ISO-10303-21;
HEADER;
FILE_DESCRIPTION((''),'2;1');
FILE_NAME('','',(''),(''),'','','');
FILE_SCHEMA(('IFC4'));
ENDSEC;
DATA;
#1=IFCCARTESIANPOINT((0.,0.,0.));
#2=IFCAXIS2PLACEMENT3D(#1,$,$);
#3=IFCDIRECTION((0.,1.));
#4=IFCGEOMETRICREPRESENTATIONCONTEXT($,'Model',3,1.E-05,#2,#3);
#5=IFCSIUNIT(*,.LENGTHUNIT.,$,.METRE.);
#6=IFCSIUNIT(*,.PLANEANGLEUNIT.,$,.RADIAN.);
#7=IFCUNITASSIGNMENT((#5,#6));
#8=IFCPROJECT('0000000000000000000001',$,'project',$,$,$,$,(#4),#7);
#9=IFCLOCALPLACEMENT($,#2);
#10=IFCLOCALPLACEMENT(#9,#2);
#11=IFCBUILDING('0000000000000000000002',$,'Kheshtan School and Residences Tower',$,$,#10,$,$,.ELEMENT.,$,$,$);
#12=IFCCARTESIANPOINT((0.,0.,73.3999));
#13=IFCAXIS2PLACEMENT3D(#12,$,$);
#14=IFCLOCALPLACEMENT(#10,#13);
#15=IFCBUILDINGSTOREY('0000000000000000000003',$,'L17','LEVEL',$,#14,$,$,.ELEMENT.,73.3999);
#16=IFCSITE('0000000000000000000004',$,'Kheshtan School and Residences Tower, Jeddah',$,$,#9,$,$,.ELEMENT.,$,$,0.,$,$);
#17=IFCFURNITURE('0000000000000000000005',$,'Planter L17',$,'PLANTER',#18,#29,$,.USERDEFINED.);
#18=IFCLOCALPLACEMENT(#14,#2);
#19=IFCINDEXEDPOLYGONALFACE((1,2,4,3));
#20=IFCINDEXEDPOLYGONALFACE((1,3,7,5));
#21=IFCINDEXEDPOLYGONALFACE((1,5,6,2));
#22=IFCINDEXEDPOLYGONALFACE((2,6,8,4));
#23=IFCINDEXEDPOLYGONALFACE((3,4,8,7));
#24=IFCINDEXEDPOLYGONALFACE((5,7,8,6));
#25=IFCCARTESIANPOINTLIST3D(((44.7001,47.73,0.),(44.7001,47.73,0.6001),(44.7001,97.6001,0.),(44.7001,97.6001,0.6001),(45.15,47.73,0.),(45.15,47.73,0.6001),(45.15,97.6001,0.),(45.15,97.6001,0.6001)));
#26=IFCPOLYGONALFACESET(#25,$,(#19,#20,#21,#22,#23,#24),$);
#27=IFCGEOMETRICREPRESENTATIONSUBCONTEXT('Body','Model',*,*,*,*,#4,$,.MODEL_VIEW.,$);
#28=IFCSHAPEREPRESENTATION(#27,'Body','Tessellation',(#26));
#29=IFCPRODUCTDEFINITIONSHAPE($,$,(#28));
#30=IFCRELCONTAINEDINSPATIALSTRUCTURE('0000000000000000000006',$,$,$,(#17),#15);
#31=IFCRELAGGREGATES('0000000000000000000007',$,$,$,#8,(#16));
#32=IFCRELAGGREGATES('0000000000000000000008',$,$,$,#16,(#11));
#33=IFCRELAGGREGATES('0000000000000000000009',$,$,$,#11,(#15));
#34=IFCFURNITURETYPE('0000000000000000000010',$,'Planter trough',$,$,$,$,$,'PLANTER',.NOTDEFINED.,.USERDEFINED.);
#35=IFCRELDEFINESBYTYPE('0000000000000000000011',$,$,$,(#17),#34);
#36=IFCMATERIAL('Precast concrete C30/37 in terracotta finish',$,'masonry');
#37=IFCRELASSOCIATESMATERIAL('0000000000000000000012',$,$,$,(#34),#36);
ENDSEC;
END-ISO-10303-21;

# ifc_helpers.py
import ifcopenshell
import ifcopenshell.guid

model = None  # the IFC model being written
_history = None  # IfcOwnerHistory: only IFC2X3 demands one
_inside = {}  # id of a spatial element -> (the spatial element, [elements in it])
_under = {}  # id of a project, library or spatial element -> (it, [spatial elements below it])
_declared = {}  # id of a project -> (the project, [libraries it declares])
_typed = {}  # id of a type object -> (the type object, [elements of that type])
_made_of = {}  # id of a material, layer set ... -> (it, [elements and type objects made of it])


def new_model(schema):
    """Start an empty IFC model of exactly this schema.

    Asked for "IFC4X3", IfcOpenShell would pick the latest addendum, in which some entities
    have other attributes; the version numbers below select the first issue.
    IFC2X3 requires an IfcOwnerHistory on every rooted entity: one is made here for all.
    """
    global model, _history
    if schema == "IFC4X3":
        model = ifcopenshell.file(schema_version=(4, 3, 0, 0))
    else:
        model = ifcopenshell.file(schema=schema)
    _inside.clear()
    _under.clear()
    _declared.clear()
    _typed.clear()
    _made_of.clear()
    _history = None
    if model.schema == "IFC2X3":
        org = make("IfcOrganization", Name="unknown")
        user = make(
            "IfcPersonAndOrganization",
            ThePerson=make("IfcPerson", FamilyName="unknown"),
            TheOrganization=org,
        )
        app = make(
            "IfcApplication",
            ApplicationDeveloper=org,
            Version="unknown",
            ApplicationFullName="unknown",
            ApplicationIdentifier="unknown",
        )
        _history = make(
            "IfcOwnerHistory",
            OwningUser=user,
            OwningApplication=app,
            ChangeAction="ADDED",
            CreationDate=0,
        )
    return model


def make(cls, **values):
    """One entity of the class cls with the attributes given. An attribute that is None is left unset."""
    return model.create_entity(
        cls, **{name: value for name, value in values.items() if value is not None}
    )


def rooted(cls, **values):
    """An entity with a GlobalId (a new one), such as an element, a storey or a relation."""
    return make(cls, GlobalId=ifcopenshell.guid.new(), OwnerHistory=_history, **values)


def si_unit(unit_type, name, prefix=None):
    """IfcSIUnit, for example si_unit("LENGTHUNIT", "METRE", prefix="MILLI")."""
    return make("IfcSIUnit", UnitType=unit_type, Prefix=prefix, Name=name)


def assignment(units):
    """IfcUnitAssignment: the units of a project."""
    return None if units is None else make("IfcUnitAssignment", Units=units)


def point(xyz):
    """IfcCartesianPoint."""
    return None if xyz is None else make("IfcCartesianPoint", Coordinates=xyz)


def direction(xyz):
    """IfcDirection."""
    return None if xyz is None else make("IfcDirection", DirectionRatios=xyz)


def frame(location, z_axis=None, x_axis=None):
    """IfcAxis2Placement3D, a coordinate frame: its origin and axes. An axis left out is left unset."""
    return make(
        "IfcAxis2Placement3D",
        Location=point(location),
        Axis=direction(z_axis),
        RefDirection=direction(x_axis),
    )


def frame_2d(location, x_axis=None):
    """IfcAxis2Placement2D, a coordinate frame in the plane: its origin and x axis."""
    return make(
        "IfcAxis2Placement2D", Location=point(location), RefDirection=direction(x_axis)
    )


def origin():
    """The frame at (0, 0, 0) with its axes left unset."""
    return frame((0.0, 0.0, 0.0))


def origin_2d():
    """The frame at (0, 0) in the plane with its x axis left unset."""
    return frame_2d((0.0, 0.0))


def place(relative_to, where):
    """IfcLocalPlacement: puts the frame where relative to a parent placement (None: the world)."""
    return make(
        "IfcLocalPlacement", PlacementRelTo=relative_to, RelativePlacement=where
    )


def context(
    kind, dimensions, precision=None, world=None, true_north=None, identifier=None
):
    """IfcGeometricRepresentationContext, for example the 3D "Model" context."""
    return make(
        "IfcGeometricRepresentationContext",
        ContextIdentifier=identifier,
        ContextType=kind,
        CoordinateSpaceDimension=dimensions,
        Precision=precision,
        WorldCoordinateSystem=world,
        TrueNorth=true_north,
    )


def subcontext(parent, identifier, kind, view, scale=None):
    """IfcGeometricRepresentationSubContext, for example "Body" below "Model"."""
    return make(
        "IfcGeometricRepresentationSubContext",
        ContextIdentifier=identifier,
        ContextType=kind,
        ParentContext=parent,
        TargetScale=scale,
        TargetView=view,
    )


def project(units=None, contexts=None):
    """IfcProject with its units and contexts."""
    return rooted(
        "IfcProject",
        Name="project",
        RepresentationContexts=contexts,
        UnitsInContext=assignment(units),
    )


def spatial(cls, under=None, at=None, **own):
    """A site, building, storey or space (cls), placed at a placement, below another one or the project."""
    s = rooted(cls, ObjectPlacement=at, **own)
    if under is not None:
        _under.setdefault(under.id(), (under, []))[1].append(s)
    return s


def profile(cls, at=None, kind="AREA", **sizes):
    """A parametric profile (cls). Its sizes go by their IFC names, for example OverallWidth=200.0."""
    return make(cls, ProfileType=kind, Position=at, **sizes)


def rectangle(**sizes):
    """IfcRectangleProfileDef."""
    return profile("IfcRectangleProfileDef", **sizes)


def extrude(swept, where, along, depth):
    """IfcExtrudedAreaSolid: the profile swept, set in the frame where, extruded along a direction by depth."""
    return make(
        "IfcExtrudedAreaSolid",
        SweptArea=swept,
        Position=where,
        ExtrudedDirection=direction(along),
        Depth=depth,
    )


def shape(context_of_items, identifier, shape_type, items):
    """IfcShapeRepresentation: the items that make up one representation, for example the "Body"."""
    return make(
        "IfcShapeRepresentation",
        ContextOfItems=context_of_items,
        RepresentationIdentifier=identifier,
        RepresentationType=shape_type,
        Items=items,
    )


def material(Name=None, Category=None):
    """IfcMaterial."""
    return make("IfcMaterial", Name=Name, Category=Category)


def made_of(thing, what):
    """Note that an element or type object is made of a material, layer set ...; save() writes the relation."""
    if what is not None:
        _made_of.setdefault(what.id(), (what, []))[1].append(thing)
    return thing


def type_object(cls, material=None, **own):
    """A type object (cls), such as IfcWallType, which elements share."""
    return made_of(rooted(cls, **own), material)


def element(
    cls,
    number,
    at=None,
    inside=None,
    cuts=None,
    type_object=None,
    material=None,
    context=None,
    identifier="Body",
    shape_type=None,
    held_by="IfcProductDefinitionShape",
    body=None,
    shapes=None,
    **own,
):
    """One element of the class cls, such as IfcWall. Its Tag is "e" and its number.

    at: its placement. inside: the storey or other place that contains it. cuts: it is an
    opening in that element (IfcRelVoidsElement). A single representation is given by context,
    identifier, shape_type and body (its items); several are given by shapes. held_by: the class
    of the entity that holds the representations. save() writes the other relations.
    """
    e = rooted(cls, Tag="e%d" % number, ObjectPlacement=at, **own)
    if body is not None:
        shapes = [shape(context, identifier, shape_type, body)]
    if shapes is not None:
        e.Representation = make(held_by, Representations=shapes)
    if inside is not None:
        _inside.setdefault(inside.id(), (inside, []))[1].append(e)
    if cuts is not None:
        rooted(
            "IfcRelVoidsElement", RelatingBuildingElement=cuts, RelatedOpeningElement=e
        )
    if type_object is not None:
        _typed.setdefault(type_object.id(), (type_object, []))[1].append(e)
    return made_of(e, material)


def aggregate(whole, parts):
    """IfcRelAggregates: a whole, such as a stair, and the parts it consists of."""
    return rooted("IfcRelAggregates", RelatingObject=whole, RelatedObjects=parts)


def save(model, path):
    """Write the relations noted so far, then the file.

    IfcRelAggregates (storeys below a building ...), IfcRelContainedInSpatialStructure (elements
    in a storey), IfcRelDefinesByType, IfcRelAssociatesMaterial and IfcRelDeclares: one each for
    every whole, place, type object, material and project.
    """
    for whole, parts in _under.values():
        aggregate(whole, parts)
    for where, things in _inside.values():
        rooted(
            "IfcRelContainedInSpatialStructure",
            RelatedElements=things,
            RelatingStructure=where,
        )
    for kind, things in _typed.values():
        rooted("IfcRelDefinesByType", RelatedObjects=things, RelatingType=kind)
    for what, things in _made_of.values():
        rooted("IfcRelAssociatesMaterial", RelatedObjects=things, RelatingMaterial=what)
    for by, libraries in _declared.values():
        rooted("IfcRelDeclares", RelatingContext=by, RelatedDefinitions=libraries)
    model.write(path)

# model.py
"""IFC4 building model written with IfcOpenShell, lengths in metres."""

from ifc_helpers import new_model, si_unit, direction, frame, origin, origin_2d, place, context, subcontext, project, spatial, rectangle, extrude, material, type_object, element, save


model = new_model("IFC4")

# Units and contexts
model_context = context("Model", 3, precision=1e-05, world=origin(), true_north=direction((0.0, 1.0)))
body_context = subcontext(model_context, "Body", "Model", "MODEL_VIEW")
ifc_project = project(units=[si_unit("LENGTHUNIT", "METRE"), si_unit("PLANEANGLEUNIT", "RADIAN")], contexts=[model_context])

# Site, building, storey
site_placement = place(None, origin())
site = spatial("IfcSite", under=ifc_project, at=site_placement, Name="Kheshtan School and Residences Tower, Jeddah", CompositionType="ELEMENT", RefElevation=0.0)
building_placement = place(site_placement, origin())
building = spatial("IfcBuilding", under=site, at=building_placement, Name="Kheshtan School and Residences Tower", CompositionType="ELEMENT")
storey_placement = place(building_placement, frame((0.0, 0.0, 73.3999)))
storey = spatial("IfcBuildingStorey", under=building, at=storey_placement, Name="L17", Description="LEVEL", CompositionType="ELEMENT", Elevation=73.3999)

# Furniture
ifc_material_1 = material(Name="Precast concrete C30/37 in terracotta finish", Category="masonry")
furniture_type = type_object("IfcFurnitureType", Name="Planter trough", ElementType="PLANTER", AssemblyPlace="NOTDEFINED", PredefinedType="USERDEFINED", material=ifc_material_1)
furniture_placement = place(storey_placement, frame((44.925, 72.665, 0.0), z_axis=(0.0, 0.0, 1.0), x_axis=(0.0, -1.0, 0.0)))
element("IfcFurniture", 1, at=furniture_placement, inside=storey, type_object=furniture_type, Name="Planter L17", ObjectType="PLANTER", PredefinedType="USERDEFINED", context=body_context, shape_type="SweptSolid", body=[
    extrude(rectangle(XDim=49.8701, YDim=0.45, at=origin_2d()), origin(), (0.0, 0.0, 1.0), 0.6001),
])

save(model, "model.ifc")
